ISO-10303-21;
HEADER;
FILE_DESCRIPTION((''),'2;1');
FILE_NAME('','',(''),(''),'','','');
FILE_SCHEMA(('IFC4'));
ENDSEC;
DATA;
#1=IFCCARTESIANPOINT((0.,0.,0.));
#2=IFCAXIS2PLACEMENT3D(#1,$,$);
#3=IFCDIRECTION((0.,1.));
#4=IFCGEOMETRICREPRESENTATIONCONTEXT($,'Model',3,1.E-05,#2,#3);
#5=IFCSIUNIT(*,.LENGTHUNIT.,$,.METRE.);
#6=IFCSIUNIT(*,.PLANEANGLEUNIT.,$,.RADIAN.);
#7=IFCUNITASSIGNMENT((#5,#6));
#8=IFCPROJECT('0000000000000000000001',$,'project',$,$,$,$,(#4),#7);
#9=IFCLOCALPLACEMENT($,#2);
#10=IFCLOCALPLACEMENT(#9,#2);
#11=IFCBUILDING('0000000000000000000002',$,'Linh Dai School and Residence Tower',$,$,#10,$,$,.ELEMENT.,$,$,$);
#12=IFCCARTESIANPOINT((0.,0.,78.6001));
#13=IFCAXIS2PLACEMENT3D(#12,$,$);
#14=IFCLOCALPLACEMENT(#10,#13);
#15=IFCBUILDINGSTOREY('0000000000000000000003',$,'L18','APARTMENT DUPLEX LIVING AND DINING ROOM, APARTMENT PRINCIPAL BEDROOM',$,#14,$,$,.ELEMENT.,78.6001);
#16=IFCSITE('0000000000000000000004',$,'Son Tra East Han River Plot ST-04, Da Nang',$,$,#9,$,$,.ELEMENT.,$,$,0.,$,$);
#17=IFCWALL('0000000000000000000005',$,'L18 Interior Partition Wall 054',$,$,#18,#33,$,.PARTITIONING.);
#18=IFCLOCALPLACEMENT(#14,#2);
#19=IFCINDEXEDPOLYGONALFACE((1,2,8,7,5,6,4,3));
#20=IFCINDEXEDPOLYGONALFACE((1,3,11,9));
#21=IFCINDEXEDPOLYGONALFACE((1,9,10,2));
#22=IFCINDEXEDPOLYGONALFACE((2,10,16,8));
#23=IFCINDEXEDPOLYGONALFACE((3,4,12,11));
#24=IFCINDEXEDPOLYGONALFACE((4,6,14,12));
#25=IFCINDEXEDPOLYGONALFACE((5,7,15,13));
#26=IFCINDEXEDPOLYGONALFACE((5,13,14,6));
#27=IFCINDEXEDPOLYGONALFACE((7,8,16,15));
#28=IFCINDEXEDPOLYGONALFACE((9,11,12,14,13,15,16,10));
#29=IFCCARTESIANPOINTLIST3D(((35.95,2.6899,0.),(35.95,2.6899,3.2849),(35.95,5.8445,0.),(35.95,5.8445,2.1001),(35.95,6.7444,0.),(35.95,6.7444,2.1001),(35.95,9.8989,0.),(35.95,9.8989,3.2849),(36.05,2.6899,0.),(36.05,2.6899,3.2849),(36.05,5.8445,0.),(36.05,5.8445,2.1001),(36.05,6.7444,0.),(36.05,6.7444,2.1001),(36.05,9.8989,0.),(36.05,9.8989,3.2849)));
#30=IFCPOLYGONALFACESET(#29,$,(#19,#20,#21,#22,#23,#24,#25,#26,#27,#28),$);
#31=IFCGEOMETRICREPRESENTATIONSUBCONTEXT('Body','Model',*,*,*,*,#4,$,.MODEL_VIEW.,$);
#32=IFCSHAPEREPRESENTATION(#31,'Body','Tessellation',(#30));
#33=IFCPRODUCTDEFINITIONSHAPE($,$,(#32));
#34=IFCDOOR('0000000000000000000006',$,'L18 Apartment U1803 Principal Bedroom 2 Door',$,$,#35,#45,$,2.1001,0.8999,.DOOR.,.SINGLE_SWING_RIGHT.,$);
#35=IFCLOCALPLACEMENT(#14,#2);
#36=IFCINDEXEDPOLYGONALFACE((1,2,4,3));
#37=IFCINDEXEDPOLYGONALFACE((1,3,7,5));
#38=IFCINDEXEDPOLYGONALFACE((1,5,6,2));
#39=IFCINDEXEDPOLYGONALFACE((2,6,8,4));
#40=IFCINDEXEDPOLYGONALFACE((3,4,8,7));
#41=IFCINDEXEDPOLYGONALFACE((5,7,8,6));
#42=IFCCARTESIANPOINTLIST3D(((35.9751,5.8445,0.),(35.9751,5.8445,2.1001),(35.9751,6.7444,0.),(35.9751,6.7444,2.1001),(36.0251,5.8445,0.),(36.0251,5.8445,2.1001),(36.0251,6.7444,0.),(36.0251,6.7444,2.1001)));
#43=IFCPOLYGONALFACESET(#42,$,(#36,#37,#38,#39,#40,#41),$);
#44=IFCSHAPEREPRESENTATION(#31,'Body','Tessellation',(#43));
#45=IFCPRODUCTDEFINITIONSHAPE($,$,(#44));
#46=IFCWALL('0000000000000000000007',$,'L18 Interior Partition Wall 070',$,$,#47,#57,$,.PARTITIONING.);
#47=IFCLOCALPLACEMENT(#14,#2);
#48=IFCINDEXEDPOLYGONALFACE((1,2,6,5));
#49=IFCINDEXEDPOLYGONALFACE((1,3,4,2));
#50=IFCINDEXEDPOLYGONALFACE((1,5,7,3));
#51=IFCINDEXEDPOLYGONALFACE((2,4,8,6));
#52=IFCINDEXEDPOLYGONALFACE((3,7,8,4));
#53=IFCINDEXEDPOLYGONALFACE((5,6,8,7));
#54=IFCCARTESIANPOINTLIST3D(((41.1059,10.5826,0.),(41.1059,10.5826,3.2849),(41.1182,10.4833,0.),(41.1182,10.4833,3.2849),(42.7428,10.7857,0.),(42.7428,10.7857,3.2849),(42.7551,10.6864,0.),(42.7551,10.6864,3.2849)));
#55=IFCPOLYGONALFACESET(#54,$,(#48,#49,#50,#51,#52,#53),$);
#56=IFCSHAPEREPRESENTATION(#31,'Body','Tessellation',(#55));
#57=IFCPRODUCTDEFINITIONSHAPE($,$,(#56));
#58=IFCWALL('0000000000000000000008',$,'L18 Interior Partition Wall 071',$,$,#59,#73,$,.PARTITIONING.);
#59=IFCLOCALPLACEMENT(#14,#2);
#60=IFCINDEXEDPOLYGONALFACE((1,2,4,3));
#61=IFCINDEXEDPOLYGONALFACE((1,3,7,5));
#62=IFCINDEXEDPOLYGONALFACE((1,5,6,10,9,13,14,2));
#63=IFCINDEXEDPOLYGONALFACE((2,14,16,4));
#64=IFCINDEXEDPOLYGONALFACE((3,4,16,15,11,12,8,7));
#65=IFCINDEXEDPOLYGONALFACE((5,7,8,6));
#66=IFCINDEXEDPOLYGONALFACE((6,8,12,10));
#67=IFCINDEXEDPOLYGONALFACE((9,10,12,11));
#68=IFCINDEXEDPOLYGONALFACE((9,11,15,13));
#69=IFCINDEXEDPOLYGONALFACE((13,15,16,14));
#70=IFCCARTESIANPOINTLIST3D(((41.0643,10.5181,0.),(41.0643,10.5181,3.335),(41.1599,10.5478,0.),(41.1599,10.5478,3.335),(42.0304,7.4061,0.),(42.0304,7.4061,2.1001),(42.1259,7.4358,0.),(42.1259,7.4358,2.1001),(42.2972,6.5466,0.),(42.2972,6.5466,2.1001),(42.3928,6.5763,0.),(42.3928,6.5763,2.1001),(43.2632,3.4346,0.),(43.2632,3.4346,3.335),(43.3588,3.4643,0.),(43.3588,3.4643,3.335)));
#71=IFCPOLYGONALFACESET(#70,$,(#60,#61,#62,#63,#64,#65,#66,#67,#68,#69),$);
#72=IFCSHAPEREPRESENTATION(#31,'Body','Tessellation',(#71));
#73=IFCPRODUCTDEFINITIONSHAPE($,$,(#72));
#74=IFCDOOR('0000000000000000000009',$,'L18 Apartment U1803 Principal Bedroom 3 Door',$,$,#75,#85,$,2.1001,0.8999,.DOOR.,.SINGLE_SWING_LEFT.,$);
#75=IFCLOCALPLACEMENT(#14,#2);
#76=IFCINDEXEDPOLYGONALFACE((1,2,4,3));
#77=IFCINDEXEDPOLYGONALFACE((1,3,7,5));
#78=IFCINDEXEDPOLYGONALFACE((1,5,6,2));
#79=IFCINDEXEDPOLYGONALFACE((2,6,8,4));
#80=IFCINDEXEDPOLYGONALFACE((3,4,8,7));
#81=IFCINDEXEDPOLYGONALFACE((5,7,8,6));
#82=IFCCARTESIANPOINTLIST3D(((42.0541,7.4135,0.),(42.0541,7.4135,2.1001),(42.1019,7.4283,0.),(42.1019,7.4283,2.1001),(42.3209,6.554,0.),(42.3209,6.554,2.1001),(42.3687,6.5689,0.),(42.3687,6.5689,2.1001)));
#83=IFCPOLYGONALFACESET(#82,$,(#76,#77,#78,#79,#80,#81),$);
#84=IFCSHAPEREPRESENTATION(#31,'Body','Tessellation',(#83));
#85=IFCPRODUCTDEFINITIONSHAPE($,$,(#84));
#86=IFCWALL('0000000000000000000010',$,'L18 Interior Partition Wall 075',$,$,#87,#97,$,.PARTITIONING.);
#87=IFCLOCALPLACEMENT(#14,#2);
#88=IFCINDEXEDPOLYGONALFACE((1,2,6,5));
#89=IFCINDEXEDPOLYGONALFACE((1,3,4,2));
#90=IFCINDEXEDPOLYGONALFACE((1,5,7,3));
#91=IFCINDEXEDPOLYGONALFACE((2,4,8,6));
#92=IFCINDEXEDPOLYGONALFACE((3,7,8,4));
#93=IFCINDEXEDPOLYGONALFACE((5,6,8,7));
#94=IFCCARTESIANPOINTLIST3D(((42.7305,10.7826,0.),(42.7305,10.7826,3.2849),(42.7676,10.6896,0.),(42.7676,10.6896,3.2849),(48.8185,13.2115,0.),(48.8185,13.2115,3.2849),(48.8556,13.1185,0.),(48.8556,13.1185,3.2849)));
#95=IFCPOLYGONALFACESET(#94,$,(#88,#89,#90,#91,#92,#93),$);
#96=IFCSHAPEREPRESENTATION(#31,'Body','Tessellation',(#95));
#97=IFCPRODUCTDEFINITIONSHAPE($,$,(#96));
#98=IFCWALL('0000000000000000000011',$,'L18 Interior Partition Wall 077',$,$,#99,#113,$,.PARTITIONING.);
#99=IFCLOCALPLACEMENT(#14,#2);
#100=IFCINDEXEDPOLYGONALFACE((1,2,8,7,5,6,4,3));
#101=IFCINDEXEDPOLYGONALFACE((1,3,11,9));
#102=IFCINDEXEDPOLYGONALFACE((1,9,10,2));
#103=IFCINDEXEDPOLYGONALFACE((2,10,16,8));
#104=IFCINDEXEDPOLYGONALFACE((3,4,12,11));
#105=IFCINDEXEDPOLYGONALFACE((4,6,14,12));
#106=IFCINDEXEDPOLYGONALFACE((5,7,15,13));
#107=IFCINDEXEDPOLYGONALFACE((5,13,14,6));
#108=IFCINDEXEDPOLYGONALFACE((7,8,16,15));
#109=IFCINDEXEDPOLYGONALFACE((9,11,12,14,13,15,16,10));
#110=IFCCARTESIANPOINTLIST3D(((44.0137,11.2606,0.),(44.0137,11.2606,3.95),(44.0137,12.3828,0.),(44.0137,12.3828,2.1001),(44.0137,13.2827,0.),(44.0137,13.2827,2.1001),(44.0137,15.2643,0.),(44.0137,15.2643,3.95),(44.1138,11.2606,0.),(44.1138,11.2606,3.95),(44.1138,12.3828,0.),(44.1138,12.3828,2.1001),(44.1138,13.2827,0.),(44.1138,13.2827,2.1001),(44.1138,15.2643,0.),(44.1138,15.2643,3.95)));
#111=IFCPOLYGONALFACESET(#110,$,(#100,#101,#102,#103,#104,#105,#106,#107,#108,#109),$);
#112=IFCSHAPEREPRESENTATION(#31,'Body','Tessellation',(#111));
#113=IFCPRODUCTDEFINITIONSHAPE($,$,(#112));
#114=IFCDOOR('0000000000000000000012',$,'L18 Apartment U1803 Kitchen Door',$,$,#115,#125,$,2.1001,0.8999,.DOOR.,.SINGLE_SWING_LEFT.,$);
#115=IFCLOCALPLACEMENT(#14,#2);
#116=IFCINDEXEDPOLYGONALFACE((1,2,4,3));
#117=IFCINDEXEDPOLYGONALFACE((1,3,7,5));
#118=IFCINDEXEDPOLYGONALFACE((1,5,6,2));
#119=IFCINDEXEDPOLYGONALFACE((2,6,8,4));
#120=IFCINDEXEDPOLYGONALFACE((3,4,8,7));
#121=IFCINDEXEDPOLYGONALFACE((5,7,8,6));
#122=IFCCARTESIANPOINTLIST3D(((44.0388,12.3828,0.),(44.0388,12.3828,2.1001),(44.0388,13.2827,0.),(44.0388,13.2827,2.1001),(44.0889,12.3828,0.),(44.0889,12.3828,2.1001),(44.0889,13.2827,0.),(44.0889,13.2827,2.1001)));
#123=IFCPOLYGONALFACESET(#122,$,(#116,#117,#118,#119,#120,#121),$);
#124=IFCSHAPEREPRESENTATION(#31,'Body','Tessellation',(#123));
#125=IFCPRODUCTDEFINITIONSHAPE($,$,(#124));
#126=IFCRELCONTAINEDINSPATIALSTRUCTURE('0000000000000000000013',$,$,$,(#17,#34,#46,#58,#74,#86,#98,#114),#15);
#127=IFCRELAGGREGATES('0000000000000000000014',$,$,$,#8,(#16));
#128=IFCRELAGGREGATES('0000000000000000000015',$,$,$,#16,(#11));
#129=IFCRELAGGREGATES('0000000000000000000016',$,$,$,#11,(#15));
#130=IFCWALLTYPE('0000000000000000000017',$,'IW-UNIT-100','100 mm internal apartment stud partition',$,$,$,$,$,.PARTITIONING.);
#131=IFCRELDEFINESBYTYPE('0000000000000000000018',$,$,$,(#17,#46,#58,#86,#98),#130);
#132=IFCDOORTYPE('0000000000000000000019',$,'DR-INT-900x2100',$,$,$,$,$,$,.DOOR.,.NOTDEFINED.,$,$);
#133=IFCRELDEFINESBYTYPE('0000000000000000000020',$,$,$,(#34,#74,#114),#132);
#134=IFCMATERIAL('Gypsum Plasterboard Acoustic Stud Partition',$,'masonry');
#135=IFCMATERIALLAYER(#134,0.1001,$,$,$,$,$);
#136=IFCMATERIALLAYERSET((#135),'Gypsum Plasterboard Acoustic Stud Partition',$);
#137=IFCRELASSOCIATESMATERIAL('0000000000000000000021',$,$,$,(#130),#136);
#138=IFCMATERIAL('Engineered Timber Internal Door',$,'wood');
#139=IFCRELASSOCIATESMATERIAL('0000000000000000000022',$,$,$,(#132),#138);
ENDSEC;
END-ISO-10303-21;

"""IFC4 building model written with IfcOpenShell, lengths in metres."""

from ifc_helpers import new_model, si_unit, direction, frame, frame_2d, origin, origin_2d, place, context, subcontext, project, spatial, rectangle, extrude, source, transform, mapped, material, layer, layer_set, type_object, element, fill, save


model = new_model("IFC4")

# Units and contexts
model_context = context("Model", 3, precision=1e-05, world=origin(), true_north=direction((0.0, 1.0)))
body_context = subcontext(model_context, "Body", "Model", "MODEL_VIEW")
ifc_project = project(units=[si_unit("LENGTHUNIT", "METRE"), si_unit("PLANEANGLEUNIT", "RADIAN")], contexts=[model_context])

# Site, building, storey
site_placement = place(None, origin())
site = spatial("IfcSite", under=ifc_project, at=site_placement, Name="Son Tra East Han River Plot ST-04, Da Nang", CompositionType="ELEMENT", RefElevation=0.0)
building_placement = place(site_placement, origin())
building = spatial("IfcBuilding", under=site, at=building_placement, Name="Linh Dai School and Residence Tower", CompositionType="ELEMENT")
storey_placement = place(building_placement, frame((0.0, 0.0, 78.6001)))
storey = spatial("IfcBuildingStorey", under=building, at=storey_placement, Name="L18", Description="APARTMENT DUPLEX LIVING AND DINING ROOM, APARTMENT PRINCIPAL BEDROOM", CompositionType="ELEMENT", Elevation=78.6001)

# Wall, opening, door
ifc_material_1 = material(Name="Gypsum Plasterboard Acoustic Stud Partition", Category="masonry")
ifc_layer_1 = layer(ifc_material_1, 0.1001)
ifc_layer_set_1 = layer_set([ifc_layer_1], Name="Gypsum Plasterboard Acoustic Stud Partition")
wall_type_1 = type_object("IfcWallType", Name="IW-UNIT-100", Description="100 mm internal apartment stud partition", PredefinedType="PARTITIONING", material=ifc_layer_set_1)
wall_1_placement = place(storey_placement, frame((36.0, 2.6899, 0.0), z_axis=(0.0, 0.0, 1.0), x_axis=(0.0, 1.0, 0.0)))
wall_1 = element("IfcWall", 1, at=wall_1_placement, inside=storey, type_object=wall_type_1, Name="L18 Interior Partition Wall 054", PredefinedType="PARTITIONING", context=body_context, shape_type="SweptSolid", body=[
    extrude(rectangle(XDim=7.209, YDim=0.1001, at=frame_2d((3.6045, 0.0))), origin(), (0.0, 0.0, 1.0), 3.2849),
])
opening_1_placement = place(wall_1_placement, frame((3.1545, 0.0, 0.0)))
opening_1 = element("IfcOpeningElement", 2, at=opening_1_placement, cuts=wall_1, PredefinedType="OPENING", context=body_context, shape_type="SweptSolid", body=[
    extrude(rectangle(XDim=0.8999, YDim=2.1001, at=origin_2d()), frame((0.45, 0.0601, 1.05), z_axis=(0.0, -1.0, 0.0), x_axis=(1.0, 0.0, 0.0)), (0.0, 0.0, 1.0), 0.1201),
])
ifc_material_2 = material(Name="Engineered Timber Internal Door", Category="wood")
door_type_1 = type_object("IfcDoorType", Name="DR-INT-900x2100", OperationType="NOTDEFINED", PredefinedType="DOOR", material=ifc_material_2)
shared_shape_1 = source(origin(), body_context, "Body", "SweptSolid", [
    extrude(rectangle(XDim=0.8999, YDim=2.1001, at=origin_2d()), frame((0.45, 0.0249, 1.05), z_axis=(0.0, -1.0, 0.0), x_axis=(1.0, 0.0, 0.0)), (0.0, 0.0, 1.0), 0.05),
])
door_1_placement = place(opening_1_placement, origin())
door_1 = element("IfcDoor", 3, at=door_1_placement, inside=storey, type_object=door_type_1, Name="L18 Apartment U1803 Principal Bedroom 2 Door", OperationType="SINGLE_SWING_RIGHT", OverallHeight=2.1001, OverallWidth=0.8999, PredefinedType="DOOR", context=body_context, shape_type="MappedRepresentation", body=[
    mapped(shared_shape_1, transform((0.0, 0.0, 0.0), x_axis=(1.0, 0.0, 0.0), y_axis=(0.0, 1.0, 0.0), z_axis=(0.0, 0.0, 1.0), scale=1.0)),
])
fill(opening_1, door_1)

# Wall
wall_2_placement = place(storey_placement, frame((41.1121, 10.533, 0.0), z_axis=(0.0, 0.0, 1.0), x_axis=(0.992389, 0.123142, 0.0)))
element("IfcWall", 4, at=wall_2_placement, inside=storey, type_object=wall_type_1, Name="L18 Interior Partition Wall 070", PredefinedType="PARTITIONING", context=body_context, shape_type="SweptSolid", body=[
    extrude(rectangle(XDim=1.6494, YDim=0.1001, at=frame_2d((0.8247, 0.0))), origin(), (0.0, 0.0, 1.0), 3.2849),
])

# Wall, opening, door
wall_3_placement = place(storey_placement, frame((41.1121, 10.533, 0.0), z_axis=(0.0, 0.0, 1.0), x_axis=(0.296479, -0.955039, 0.0)))
wall_3 = element("IfcWall", 5, at=wall_3_placement, inside=storey, type_object=wall_type_1, Name="L18 Interior Partition Wall 071", PredefinedType="PARTITIONING", context=body_context, shape_type="SweptSolid", body=[
    extrude(rectangle(XDim=7.417, YDim=0.1001, at=frame_2d((3.7085, 0.0))), origin(), (0.0, 0.0, 1.0), 3.335),
])
opening_2_placement = place(wall_3_placement, frame((3.2585, 0.0, 0.0)))
opening_2 = element("IfcOpeningElement", 6, at=opening_2_placement, cuts=wall_3, PredefinedType="OPENING", context=body_context, shape_type="SweptSolid", body=[
    extrude(rectangle(XDim=0.8999, YDim=2.1001, at=origin_2d()), frame((0.45, 0.0601, 1.05), z_axis=(0.0, -1.0, 0.0), x_axis=(1.0, 0.0, 0.0)), (0.0, 0.0, 1.0), 0.1201),
])
door_2_placement = place(opening_2_placement, origin())
door_2 = element("IfcDoor", 7, at=door_2_placement, inside=storey, type_object=door_type_1, Name="L18 Apartment U1803 Principal Bedroom 3 Door", OperationType="SINGLE_SWING_LEFT", OverallHeight=2.1001, OverallWidth=0.8999, PredefinedType="DOOR", context=body_context, shape_type="MappedRepresentation", body=[
    mapped(shared_shape_1, transform((0.0, 0.0, 0.0), x_axis=(1.0, 0.0, 0.0), y_axis=(0.0, 1.0, 0.0), z_axis=(0.0, 0.0, 1.0), scale=1.0)),
])
fill(opening_2, door_2)

# Wall
wall_4_placement = place(storey_placement, frame((42.749, 10.7361, 0.0), z_axis=(0.0, 0.0, 1.0), x_axis=(0.928808, 0.370562, 0.0)))
element("IfcWall", 8, at=wall_4_placement, inside=storey, type_object=wall_type_1, Name="L18 Interior Partition Wall 075", PredefinedType="PARTITIONING", context=body_context, shape_type="SweptSolid", body=[
    extrude(rectangle(XDim=6.5547, YDim=0.1001, at=frame_2d((3.2773, 0.0))), origin(), (0.0, 0.0, 1.0), 3.2849),
])

# Wall, opening, door
wall_5_placement = place(storey_placement, frame((44.0637, 11.2605, 0.0), z_axis=(0.0, 0.0, 1.0), x_axis=(0.0, 1.0, 0.0)))
wall_5 = element("IfcWall", 9, at=wall_5_placement, inside=storey, type_object=wall_type_1, Name="L18 Interior Partition Wall 077", PredefinedType="PARTITIONING", context=body_context, shape_type="SweptSolid", body=[
    extrude(rectangle(XDim=4.0037, YDim=0.1001, at=frame_2d((2.002, 0.0))), origin(), (0.0, 0.0, 1.0), 3.95),
])
opening_3_placement = place(wall_5_placement, frame((1.1223, 0.0, 0.0)))
opening_3 = element("IfcOpeningElement", 10, at=opening_3_placement, cuts=wall_5, PredefinedType="OPENING", context=body_context, shape_type="SweptSolid", body=[
    extrude(rectangle(XDim=0.8999, YDim=2.1001, at=origin_2d()), frame((0.45, 0.0601, 1.05), z_axis=(0.0, -1.0, 0.0), x_axis=(1.0, 0.0, 0.0)), (0.0, 0.0, 1.0), 0.1201),
])
door_3_placement = place(opening_3_placement, origin())
door_3 = element("IfcDoor", 11, at=door_3_placement, inside=storey, type_object=door_type_1, Name="L18 Apartment U1803 Kitchen Door", OperationType="SINGLE_SWING_LEFT", OverallHeight=2.1001, OverallWidth=0.8999, PredefinedType="DOOR", context=body_context, shape_type="MappedRepresentation", body=[
    mapped(shared_shape_1, transform((0.0, 0.0, 0.0), x_axis=(1.0, 0.0, 0.0), y_axis=(0.0, 1.0, 0.0), z_axis=(0.0, 0.0, 1.0), scale=1.0)),
])
fill(opening_3, door_3)

save(model, "model.ifc")
